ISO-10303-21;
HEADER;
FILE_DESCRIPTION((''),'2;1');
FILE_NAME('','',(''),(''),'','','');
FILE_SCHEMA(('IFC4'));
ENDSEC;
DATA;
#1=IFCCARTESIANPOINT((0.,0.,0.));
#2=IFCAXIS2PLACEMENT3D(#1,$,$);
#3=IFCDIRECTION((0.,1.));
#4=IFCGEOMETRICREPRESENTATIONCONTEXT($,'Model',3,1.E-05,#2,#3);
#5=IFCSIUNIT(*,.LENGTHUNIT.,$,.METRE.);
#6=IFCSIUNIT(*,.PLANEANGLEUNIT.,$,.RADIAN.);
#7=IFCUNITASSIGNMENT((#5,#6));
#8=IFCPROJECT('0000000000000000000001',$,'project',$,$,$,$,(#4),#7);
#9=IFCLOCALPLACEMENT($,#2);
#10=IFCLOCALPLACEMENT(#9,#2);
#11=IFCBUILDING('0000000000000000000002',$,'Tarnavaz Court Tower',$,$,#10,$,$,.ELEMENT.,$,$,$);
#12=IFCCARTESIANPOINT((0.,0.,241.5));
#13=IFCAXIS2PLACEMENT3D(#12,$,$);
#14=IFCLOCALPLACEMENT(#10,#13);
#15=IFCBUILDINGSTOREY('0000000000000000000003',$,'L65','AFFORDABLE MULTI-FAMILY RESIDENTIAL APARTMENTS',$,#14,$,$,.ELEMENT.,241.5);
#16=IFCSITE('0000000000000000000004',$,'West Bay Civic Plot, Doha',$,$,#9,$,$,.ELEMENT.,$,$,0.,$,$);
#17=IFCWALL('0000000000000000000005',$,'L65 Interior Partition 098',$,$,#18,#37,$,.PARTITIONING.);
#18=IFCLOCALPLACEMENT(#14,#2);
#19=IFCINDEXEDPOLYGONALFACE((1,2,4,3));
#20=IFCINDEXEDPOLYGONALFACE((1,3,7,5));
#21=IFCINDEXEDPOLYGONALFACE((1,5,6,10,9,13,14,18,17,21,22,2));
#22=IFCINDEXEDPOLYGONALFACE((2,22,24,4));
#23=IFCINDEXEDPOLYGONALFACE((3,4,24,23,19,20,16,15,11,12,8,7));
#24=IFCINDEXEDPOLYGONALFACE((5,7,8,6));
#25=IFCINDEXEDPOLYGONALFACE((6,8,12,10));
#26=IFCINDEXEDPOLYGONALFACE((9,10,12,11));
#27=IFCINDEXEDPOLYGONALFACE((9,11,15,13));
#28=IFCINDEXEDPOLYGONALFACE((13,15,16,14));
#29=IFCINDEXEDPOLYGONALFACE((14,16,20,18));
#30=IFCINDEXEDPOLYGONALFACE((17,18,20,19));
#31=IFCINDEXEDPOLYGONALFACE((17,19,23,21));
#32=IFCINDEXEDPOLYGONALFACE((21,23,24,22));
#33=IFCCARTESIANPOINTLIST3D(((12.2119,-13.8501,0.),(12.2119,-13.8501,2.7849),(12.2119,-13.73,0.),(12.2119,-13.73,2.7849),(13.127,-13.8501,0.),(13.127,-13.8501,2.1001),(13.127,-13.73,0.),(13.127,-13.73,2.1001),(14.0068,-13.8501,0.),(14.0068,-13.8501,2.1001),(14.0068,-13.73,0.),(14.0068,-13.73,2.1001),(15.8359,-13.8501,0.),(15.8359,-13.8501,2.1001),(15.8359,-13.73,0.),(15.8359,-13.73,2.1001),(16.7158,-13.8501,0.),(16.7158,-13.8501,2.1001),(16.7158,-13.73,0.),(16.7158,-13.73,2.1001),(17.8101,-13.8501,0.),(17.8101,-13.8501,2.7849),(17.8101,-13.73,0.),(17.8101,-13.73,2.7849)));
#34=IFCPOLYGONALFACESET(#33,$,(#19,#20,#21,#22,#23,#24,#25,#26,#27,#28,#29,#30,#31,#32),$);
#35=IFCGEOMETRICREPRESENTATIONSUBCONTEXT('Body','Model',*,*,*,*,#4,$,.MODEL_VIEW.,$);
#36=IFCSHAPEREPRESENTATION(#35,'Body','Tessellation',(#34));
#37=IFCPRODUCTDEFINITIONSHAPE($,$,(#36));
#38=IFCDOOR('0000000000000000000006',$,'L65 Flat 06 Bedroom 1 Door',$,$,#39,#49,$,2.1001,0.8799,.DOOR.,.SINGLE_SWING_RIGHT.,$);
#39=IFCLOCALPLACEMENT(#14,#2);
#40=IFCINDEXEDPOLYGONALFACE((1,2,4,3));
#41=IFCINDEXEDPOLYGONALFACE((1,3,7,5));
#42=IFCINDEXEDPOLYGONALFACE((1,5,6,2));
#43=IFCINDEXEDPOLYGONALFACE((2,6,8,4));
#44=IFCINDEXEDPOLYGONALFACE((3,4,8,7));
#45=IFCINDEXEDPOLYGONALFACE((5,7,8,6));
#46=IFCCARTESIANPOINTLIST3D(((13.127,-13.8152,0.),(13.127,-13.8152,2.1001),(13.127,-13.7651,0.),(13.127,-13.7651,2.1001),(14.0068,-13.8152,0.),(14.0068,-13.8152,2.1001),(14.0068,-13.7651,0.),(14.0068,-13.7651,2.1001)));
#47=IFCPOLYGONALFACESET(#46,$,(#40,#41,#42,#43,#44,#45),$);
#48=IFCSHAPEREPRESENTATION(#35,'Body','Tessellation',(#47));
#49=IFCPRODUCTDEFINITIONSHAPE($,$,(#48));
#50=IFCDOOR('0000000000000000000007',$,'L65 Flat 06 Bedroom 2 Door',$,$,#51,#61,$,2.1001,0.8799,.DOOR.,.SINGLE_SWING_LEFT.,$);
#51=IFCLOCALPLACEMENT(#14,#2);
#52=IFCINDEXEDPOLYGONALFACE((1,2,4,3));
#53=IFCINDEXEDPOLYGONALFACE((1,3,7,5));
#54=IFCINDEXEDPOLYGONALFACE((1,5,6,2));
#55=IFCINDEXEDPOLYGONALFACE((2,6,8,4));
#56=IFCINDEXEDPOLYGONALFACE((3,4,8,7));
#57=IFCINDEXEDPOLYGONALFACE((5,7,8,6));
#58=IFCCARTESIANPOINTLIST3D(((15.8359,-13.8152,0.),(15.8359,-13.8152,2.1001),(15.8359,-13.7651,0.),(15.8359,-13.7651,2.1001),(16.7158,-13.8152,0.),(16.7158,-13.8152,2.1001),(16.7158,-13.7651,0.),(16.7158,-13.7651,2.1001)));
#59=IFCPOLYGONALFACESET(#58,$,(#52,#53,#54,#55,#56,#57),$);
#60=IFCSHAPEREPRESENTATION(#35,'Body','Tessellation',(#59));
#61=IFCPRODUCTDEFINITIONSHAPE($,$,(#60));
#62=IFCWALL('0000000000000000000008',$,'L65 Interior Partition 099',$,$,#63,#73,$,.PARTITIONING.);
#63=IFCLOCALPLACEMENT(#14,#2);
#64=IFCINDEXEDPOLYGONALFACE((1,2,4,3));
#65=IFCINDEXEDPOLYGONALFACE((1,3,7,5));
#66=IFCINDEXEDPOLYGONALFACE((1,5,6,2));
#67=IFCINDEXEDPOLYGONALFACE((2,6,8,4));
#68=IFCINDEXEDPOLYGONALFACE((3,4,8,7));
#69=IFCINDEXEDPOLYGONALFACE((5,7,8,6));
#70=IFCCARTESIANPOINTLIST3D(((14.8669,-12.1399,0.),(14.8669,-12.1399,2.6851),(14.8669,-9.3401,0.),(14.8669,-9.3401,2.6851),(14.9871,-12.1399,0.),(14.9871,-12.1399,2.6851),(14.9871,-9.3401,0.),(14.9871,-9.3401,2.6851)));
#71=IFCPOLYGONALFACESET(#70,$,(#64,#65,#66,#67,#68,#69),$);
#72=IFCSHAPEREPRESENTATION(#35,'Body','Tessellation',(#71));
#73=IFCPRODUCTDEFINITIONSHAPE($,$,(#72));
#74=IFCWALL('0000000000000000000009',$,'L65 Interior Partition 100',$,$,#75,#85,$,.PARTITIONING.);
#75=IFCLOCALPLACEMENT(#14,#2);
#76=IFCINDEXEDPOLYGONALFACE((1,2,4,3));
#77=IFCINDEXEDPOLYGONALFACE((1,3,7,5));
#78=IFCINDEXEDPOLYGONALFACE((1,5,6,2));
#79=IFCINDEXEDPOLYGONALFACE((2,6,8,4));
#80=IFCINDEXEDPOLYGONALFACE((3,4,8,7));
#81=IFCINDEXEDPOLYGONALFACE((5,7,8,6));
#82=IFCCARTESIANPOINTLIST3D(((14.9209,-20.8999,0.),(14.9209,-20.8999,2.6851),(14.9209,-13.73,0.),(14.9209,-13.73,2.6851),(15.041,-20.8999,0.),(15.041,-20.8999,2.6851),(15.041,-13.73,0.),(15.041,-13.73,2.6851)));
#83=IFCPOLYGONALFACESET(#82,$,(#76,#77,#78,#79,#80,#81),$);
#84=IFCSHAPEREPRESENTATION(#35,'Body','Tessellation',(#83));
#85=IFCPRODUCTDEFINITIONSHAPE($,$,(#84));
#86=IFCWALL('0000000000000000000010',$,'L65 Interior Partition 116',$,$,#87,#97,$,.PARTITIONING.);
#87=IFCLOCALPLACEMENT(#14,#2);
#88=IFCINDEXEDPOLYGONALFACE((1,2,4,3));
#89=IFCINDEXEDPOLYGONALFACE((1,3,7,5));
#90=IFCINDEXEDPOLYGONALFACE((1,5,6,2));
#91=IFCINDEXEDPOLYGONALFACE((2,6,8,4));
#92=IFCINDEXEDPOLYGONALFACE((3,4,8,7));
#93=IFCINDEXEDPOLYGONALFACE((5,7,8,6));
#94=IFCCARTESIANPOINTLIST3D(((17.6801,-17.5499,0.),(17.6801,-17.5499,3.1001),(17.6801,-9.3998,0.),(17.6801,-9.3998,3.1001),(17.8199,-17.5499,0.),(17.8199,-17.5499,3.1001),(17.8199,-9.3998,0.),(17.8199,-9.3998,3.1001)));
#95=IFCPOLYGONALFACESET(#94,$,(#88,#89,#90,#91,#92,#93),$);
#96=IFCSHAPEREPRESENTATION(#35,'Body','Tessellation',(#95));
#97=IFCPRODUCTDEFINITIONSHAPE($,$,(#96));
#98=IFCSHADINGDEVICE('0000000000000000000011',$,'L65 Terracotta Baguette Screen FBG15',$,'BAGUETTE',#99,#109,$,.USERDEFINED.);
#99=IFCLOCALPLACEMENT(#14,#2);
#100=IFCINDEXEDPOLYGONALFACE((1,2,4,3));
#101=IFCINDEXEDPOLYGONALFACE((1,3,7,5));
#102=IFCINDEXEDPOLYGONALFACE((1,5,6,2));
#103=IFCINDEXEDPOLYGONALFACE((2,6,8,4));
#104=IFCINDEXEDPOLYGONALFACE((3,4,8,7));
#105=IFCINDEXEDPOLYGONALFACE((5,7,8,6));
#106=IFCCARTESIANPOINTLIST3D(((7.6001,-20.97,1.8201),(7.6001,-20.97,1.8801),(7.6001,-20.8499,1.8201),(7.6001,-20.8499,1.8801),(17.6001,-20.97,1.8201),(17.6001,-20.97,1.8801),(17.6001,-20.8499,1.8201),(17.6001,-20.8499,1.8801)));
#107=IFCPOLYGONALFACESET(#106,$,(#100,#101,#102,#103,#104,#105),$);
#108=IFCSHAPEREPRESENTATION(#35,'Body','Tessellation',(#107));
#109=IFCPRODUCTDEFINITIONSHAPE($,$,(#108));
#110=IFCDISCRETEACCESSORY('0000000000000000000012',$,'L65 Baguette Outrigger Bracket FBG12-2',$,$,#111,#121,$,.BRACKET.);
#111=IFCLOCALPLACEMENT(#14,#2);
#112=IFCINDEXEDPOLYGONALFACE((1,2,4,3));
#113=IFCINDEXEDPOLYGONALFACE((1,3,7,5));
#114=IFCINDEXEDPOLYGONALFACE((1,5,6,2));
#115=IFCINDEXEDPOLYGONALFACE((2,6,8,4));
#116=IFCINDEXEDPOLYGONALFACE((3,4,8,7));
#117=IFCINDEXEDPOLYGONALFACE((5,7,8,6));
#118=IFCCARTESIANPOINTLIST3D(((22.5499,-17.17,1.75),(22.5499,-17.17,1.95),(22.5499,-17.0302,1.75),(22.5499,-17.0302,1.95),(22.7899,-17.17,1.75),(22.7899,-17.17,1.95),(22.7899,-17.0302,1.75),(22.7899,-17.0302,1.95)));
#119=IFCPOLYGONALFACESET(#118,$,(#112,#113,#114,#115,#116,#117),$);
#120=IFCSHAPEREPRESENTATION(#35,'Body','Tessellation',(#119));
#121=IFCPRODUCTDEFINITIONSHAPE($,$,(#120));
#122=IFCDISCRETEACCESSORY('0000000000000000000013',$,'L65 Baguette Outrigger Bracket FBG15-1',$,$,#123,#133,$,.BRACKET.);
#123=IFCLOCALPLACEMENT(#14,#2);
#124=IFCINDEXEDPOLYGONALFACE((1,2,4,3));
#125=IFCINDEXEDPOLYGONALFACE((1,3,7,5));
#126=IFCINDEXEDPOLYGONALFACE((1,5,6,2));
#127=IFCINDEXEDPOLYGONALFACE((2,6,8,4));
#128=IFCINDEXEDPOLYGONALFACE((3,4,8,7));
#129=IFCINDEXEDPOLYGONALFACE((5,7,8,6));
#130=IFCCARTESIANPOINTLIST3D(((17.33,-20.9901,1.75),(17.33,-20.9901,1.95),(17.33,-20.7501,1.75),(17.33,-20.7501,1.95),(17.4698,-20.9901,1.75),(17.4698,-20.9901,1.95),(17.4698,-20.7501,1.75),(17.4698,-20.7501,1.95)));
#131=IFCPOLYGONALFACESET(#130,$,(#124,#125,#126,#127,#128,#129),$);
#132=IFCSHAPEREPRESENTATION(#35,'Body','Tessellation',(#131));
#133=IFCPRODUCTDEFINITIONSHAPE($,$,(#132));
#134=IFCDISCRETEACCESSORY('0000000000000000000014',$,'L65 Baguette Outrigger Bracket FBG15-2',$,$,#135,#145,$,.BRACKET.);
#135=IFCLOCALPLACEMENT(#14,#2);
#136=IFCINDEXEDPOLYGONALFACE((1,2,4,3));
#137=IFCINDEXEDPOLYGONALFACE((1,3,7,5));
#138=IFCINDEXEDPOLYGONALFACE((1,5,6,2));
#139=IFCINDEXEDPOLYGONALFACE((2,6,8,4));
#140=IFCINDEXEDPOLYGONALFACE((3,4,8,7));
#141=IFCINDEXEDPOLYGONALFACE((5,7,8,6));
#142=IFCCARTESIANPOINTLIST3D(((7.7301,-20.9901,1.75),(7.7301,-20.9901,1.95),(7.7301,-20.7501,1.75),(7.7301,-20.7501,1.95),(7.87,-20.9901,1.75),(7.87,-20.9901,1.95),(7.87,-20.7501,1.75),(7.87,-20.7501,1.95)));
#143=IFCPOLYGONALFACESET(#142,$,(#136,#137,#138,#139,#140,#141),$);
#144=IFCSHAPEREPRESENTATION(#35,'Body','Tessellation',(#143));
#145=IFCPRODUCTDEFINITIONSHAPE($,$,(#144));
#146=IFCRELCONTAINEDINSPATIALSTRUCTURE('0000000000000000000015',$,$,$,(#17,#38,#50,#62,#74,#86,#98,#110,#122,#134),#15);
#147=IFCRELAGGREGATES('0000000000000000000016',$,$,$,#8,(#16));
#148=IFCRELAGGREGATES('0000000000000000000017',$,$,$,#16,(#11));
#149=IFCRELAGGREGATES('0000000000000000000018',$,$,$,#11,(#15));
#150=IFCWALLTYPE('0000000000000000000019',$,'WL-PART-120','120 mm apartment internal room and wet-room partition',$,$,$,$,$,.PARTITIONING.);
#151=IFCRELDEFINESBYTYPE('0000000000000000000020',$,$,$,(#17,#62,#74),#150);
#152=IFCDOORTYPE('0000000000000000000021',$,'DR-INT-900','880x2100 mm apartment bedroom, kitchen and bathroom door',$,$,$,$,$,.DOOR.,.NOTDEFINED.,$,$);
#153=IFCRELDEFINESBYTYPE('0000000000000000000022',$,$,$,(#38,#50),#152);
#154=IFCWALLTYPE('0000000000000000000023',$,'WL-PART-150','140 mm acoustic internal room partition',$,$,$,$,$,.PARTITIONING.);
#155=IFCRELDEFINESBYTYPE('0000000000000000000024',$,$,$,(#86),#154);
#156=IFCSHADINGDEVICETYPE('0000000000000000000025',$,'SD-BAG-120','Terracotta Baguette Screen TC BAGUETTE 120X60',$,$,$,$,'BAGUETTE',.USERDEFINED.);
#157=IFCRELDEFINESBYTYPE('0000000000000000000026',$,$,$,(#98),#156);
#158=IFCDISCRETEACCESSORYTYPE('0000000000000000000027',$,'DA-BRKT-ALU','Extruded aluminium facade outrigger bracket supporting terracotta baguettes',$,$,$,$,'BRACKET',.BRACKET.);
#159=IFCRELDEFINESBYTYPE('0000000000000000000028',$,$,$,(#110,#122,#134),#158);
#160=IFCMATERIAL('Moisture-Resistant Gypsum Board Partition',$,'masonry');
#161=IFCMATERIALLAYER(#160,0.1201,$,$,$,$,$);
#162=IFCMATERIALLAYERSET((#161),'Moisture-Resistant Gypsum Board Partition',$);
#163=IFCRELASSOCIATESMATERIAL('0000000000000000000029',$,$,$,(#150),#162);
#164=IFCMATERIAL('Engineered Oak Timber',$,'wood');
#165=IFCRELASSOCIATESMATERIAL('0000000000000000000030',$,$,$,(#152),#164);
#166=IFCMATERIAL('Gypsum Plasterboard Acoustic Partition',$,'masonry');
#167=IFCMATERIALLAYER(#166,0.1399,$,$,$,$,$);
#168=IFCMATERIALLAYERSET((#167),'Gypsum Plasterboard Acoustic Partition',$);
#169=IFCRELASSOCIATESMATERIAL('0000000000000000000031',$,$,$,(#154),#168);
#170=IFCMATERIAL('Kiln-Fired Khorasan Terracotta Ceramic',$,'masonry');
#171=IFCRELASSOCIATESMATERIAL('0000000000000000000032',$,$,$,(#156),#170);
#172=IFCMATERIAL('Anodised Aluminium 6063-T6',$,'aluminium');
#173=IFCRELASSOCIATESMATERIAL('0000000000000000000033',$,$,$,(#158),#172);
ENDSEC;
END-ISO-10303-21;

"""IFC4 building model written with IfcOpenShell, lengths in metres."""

from ifc_helpers import new_model, si_unit, direction, frame, frame_2d, origin, origin_2d, place, context, subcontext, project, spatial, rectangle, extrude, material, layer, layer_set, material_profile, profile_set, type_object, element, fill, save


model = new_model("IFC4")

# Units and contexts
model_context = context("Model", 3, precision=1e-05, world=origin(), true_north=direction((0.0, 1.0)))
body_context = subcontext(model_context, "Body", "Model", "MODEL_VIEW")
ifc_project = project(units=[si_unit("LENGTHUNIT", "METRE"), si_unit("PLANEANGLEUNIT", "RADIAN")], contexts=[model_context])

# Site, building, storey
site_placement = place(None, origin())
site = spatial("IfcSite", under=ifc_project, at=site_placement, Name="West Bay Civic Plot, Doha", CompositionType="ELEMENT", RefElevation=0.0)
building_placement = place(site_placement, origin())
building = spatial("IfcBuilding", under=site, at=building_placement, Name="Tarnavaz Court Tower", CompositionType="ELEMENT")
storey_placement = place(building_placement, frame((0.0, 0.0, 241.5)))
storey = spatial("IfcBuildingStorey", under=building, at=storey_placement, Name="L65", Description="AFFORDABLE MULTI-FAMILY RESIDENTIAL APARTMENTS", CompositionType="ELEMENT", Elevation=241.5)

# Shared definitions
ifc_material_1 = material(Name="Moisture-Resistant Gypsum Board Partition", Category="masonry")
ifc_layer_1 = layer(ifc_material_1, 0.1201)
ifc_layer_set_1 = layer_set([ifc_layer_1], Name="Moisture-Resistant Gypsum Board Partition")
wall_type_1 = type_object("IfcWallType", Name="WL-PART-120", Description="120 mm apartment internal room and wet-room partition", PredefinedType="PARTITIONING", material=ifc_layer_set_1)
ifc_material_2 = material(Name="Engineered Oak Timber", Category="wood")

# Wall, openings, doors
wall_1_placement = place(storey_placement, frame((12.2119, -13.79, 0.0), z_axis=(0.0, 0.0, 1.0), x_axis=(1.0, 0.0, 0.0)))
wall_1 = element("IfcWall", 1, at=wall_1_placement, inside=storey, type_object=wall_type_1, Name="L65 Interior Partition 098", PredefinedType="PARTITIONING", context=body_context, shape_type="SweptSolid", body=[
    extrude(rectangle(XDim=5.5981, YDim=0.1201, at=frame_2d((2.7991, 0.0))), origin(), (0.0, 0.0, 1.0), 2.7849),
])
opening_1_placement = place(wall_1_placement, frame((0.915, 0.0, 0.0)))
opening_1 = element("IfcOpeningElement", 2, at=opening_1_placement, cuts=wall_1, PredefinedType="OPENING", context=body_context, shape_type="SweptSolid", body=[
    extrude(rectangle(XDim=0.8799, YDim=2.1001, at=frame_2d((0.4399, 1.05))), frame((0.0, 0.0701, 0.0), z_axis=(0.0, -1.0, 0.0), x_axis=(1.0, 0.0, 0.0)), (0.0, 0.0, 1.0), 0.1401),
])
opening_2_placement = place(wall_1_placement, frame((3.624, 0.0, 0.0)))
opening_2 = element("IfcOpeningElement", 3, at=opening_2_placement, cuts=wall_1, PredefinedType="OPENING", context=body_context, shape_type="SweptSolid", body=[
    extrude(rectangle(XDim=0.8799, YDim=2.1001, at=frame_2d((0.4399, 1.05))), frame((0.0, 0.0701, 0.0), z_axis=(0.0, -1.0, 0.0), x_axis=(1.0, 0.0, 0.0)), (0.0, 0.0, 1.0), 0.1401),
])
door_type_1 = type_object("IfcDoorType", Name="DR-INT-900", Description="880x2100 mm apartment bedroom, kitchen and bathroom door", OperationType="NOTDEFINED", PredefinedType="DOOR", material=ifc_material_2)
door_1_placement = place(opening_1_placement, origin())
door_1 = element("IfcDoor", 4, at=door_1_placement, inside=storey, type_object=door_type_1, Name="L65 Flat 06 Bedroom 1 Door", OperationType="SINGLE_SWING_RIGHT", OverallHeight=2.1001, OverallWidth=0.8799, PredefinedType="DOOR", context=body_context, shape_type="SweptSolid", body=[
    extrude(rectangle(XDim=0.8799, YDim=2.1001, at=frame_2d((0.4399, 1.05))), frame((0.0, 0.0249, 0.0), z_axis=(0.0, -1.0, 0.0), x_axis=(1.0, 0.0, 0.0)), (0.0, 0.0, 1.0), 0.05),
])
fill(opening_1, door_1)
door_2_placement = place(opening_2_placement, origin())
door_2 = element("IfcDoor", 5, at=door_2_placement, inside=storey, type_object=door_type_1, Name="L65 Flat 06 Bedroom 2 Door", OperationType="SINGLE_SWING_LEFT", OverallHeight=2.1001, OverallWidth=0.8799, PredefinedType="DOOR", context=body_context, shape_type="SweptSolid", body=[
    extrude(rectangle(XDim=0.8799, YDim=2.1001, at=frame_2d((0.4399, 1.05))), frame((0.0, 0.0249, 0.0), z_axis=(0.0, -1.0, 0.0), x_axis=(1.0, 0.0, 0.0)), (0.0, 0.0, 1.0), 0.05),
])
fill(opening_2, door_2)

# Walls
wall_2_placement = place(storey_placement, frame((14.927, -12.1399, 0.0), z_axis=(0.0, 0.0, 1.0), x_axis=(0.0, 1.0, 0.0)))
element("IfcWall", 6, at=wall_2_placement, inside=storey, type_object=wall_type_1, Name="L65 Interior Partition 099", PredefinedType="PARTITIONING", context=body_context, shape_type="SweptSolid", body=[
    extrude(rectangle(XDim=2.7998, YDim=0.1201, at=frame_2d((1.3999, 0.0))), origin(), (0.0, 0.0, 1.0), 2.6851),
])
wall_3_placement = place(storey_placement, frame((14.981, -20.8999, 0.0), z_axis=(0.0, 0.0, 1.0), x_axis=(0.0, 1.0, 0.0)))
element("IfcWall", 7, at=wall_3_placement, inside=storey, type_object=wall_type_1, Name="L65 Interior Partition 100", PredefinedType="PARTITIONING", context=body_context, shape_type="SweptSolid", body=[
    extrude(rectangle(XDim=7.1699, YDim=0.1201, at=frame_2d((3.585, 0.0))), origin(), (0.0, 0.0, 1.0), 2.6851),
])
ifc_material_3 = material(Name="Gypsum Plasterboard Acoustic Partition", Category="masonry")
ifc_layer_2 = layer(ifc_material_3, 0.1399)
ifc_layer_set_2 = layer_set([ifc_layer_2], Name="Gypsum Plasterboard Acoustic Partition")
wall_type_2 = type_object("IfcWallType", Name="WL-PART-150", Description="140 mm acoustic internal room partition", PredefinedType="PARTITIONING", material=ifc_layer_set_2)
wall_4_placement = place(storey_placement, frame((17.75, -17.55, 0.0), z_axis=(0.0, 0.0, 1.0), x_axis=(0.0, 1.0, 0.0)))
element("IfcWall", 8, at=wall_4_placement, inside=storey, type_object=wall_type_2, Name="L65 Interior Partition 116", PredefinedType="PARTITIONING", context=body_context, shape_type="SweptSolid", body=[
    extrude(rectangle(XDim=8.1501, YDim=0.1399, at=frame_2d((4.0752, 0.0))), origin(), (0.0, 0.0, 1.0), 3.1001),
])

# Shading device
ifc_material_4 = material(Name="Kiln-Fired Khorasan Terracotta Ceramic", Category="masonry")
ifc_material_profile_1 = material_profile(ifc_material_4, rectangle(XDim=0.1201, YDim=0.0601, at=origin_2d()), Name="TC BAGUETTE 120X60")
ifc_profile_set_1 = profile_set([ifc_material_profile_1], Name="Kiln-Fired Khorasan Terracotta Ceramic")
shading_device_type = type_object("IfcShadingDeviceType", Name="SD-BAG-120", Description="Terracotta Baguette Screen TC BAGUETTE 120X60", ElementType="BAGUETTE", PredefinedType="USERDEFINED", material=ifc_profile_set_1)
shading_device_placement = place(storey_placement, frame((17.6001, -20.9099, 1.8501), z_axis=(-1.0, 0.0, 0.0), x_axis=(0.0, -1.0, 0.0)))
element("IfcShadingDevice", 9, at=shading_device_placement, inside=storey, type_object=shading_device_type, Name="L65 Terracotta Baguette Screen FBG15", ObjectType="BAGUETTE", PredefinedType="USERDEFINED", context=body_context, shape_type="SweptSolid", body=[
    extrude(rectangle(XDim=0.1201, YDim=0.0601, at=origin_2d()), origin(), (0.0, 0.0, 1.0), 10.0),
])

# Discrete accessories
ifc_material_5 = material(Name="Anodised Aluminium 6063-T6", Category="aluminium")
discrete_accessory_type = type_object("IfcDiscreteAccessoryType", Name="DA-BRKT-ALU", Description="Extruded aluminium facade outrigger bracket supporting terracotta baguettes", ElementType="BRACKET", PredefinedType="BRACKET", material=ifc_material_5)
for number, where, z_axis, x_axis, name in (
    (10, (22.6699, -17.1001, 1.75), (0.0, 0.0, 1.0), (0.0, -1.0, 0.0), "L65 Baguette Outrigger Bracket FBG12-2"),
    (11, (17.3999, -20.8701, 1.75), (0.0, 0.0, 1.0), (-1.0, 0.0, 0.0), "L65 Baguette Outrigger Bracket FBG15-1"),
    (12, (7.8, -20.8701, 1.75), (0.0, 0.0, 1.0), (-1.0, 0.0, 0.0), "L65 Baguette Outrigger Bracket FBG15-2"),
):
    element("IfcDiscreteAccessory", number, at=place(storey_placement, frame(where, z_axis=z_axis, x_axis=x_axis)), inside=storey, type_object=discrete_accessory_type, Name=name, PredefinedType="BRACKET", context=body_context, shape_type="SweptSolid", body=[
        extrude(rectangle(XDim=0.1399, YDim=0.24, at=origin_2d()), origin(), (0.0, 0.0, 1.0), 0.2),
    ])

save(model, "model.ifc")
